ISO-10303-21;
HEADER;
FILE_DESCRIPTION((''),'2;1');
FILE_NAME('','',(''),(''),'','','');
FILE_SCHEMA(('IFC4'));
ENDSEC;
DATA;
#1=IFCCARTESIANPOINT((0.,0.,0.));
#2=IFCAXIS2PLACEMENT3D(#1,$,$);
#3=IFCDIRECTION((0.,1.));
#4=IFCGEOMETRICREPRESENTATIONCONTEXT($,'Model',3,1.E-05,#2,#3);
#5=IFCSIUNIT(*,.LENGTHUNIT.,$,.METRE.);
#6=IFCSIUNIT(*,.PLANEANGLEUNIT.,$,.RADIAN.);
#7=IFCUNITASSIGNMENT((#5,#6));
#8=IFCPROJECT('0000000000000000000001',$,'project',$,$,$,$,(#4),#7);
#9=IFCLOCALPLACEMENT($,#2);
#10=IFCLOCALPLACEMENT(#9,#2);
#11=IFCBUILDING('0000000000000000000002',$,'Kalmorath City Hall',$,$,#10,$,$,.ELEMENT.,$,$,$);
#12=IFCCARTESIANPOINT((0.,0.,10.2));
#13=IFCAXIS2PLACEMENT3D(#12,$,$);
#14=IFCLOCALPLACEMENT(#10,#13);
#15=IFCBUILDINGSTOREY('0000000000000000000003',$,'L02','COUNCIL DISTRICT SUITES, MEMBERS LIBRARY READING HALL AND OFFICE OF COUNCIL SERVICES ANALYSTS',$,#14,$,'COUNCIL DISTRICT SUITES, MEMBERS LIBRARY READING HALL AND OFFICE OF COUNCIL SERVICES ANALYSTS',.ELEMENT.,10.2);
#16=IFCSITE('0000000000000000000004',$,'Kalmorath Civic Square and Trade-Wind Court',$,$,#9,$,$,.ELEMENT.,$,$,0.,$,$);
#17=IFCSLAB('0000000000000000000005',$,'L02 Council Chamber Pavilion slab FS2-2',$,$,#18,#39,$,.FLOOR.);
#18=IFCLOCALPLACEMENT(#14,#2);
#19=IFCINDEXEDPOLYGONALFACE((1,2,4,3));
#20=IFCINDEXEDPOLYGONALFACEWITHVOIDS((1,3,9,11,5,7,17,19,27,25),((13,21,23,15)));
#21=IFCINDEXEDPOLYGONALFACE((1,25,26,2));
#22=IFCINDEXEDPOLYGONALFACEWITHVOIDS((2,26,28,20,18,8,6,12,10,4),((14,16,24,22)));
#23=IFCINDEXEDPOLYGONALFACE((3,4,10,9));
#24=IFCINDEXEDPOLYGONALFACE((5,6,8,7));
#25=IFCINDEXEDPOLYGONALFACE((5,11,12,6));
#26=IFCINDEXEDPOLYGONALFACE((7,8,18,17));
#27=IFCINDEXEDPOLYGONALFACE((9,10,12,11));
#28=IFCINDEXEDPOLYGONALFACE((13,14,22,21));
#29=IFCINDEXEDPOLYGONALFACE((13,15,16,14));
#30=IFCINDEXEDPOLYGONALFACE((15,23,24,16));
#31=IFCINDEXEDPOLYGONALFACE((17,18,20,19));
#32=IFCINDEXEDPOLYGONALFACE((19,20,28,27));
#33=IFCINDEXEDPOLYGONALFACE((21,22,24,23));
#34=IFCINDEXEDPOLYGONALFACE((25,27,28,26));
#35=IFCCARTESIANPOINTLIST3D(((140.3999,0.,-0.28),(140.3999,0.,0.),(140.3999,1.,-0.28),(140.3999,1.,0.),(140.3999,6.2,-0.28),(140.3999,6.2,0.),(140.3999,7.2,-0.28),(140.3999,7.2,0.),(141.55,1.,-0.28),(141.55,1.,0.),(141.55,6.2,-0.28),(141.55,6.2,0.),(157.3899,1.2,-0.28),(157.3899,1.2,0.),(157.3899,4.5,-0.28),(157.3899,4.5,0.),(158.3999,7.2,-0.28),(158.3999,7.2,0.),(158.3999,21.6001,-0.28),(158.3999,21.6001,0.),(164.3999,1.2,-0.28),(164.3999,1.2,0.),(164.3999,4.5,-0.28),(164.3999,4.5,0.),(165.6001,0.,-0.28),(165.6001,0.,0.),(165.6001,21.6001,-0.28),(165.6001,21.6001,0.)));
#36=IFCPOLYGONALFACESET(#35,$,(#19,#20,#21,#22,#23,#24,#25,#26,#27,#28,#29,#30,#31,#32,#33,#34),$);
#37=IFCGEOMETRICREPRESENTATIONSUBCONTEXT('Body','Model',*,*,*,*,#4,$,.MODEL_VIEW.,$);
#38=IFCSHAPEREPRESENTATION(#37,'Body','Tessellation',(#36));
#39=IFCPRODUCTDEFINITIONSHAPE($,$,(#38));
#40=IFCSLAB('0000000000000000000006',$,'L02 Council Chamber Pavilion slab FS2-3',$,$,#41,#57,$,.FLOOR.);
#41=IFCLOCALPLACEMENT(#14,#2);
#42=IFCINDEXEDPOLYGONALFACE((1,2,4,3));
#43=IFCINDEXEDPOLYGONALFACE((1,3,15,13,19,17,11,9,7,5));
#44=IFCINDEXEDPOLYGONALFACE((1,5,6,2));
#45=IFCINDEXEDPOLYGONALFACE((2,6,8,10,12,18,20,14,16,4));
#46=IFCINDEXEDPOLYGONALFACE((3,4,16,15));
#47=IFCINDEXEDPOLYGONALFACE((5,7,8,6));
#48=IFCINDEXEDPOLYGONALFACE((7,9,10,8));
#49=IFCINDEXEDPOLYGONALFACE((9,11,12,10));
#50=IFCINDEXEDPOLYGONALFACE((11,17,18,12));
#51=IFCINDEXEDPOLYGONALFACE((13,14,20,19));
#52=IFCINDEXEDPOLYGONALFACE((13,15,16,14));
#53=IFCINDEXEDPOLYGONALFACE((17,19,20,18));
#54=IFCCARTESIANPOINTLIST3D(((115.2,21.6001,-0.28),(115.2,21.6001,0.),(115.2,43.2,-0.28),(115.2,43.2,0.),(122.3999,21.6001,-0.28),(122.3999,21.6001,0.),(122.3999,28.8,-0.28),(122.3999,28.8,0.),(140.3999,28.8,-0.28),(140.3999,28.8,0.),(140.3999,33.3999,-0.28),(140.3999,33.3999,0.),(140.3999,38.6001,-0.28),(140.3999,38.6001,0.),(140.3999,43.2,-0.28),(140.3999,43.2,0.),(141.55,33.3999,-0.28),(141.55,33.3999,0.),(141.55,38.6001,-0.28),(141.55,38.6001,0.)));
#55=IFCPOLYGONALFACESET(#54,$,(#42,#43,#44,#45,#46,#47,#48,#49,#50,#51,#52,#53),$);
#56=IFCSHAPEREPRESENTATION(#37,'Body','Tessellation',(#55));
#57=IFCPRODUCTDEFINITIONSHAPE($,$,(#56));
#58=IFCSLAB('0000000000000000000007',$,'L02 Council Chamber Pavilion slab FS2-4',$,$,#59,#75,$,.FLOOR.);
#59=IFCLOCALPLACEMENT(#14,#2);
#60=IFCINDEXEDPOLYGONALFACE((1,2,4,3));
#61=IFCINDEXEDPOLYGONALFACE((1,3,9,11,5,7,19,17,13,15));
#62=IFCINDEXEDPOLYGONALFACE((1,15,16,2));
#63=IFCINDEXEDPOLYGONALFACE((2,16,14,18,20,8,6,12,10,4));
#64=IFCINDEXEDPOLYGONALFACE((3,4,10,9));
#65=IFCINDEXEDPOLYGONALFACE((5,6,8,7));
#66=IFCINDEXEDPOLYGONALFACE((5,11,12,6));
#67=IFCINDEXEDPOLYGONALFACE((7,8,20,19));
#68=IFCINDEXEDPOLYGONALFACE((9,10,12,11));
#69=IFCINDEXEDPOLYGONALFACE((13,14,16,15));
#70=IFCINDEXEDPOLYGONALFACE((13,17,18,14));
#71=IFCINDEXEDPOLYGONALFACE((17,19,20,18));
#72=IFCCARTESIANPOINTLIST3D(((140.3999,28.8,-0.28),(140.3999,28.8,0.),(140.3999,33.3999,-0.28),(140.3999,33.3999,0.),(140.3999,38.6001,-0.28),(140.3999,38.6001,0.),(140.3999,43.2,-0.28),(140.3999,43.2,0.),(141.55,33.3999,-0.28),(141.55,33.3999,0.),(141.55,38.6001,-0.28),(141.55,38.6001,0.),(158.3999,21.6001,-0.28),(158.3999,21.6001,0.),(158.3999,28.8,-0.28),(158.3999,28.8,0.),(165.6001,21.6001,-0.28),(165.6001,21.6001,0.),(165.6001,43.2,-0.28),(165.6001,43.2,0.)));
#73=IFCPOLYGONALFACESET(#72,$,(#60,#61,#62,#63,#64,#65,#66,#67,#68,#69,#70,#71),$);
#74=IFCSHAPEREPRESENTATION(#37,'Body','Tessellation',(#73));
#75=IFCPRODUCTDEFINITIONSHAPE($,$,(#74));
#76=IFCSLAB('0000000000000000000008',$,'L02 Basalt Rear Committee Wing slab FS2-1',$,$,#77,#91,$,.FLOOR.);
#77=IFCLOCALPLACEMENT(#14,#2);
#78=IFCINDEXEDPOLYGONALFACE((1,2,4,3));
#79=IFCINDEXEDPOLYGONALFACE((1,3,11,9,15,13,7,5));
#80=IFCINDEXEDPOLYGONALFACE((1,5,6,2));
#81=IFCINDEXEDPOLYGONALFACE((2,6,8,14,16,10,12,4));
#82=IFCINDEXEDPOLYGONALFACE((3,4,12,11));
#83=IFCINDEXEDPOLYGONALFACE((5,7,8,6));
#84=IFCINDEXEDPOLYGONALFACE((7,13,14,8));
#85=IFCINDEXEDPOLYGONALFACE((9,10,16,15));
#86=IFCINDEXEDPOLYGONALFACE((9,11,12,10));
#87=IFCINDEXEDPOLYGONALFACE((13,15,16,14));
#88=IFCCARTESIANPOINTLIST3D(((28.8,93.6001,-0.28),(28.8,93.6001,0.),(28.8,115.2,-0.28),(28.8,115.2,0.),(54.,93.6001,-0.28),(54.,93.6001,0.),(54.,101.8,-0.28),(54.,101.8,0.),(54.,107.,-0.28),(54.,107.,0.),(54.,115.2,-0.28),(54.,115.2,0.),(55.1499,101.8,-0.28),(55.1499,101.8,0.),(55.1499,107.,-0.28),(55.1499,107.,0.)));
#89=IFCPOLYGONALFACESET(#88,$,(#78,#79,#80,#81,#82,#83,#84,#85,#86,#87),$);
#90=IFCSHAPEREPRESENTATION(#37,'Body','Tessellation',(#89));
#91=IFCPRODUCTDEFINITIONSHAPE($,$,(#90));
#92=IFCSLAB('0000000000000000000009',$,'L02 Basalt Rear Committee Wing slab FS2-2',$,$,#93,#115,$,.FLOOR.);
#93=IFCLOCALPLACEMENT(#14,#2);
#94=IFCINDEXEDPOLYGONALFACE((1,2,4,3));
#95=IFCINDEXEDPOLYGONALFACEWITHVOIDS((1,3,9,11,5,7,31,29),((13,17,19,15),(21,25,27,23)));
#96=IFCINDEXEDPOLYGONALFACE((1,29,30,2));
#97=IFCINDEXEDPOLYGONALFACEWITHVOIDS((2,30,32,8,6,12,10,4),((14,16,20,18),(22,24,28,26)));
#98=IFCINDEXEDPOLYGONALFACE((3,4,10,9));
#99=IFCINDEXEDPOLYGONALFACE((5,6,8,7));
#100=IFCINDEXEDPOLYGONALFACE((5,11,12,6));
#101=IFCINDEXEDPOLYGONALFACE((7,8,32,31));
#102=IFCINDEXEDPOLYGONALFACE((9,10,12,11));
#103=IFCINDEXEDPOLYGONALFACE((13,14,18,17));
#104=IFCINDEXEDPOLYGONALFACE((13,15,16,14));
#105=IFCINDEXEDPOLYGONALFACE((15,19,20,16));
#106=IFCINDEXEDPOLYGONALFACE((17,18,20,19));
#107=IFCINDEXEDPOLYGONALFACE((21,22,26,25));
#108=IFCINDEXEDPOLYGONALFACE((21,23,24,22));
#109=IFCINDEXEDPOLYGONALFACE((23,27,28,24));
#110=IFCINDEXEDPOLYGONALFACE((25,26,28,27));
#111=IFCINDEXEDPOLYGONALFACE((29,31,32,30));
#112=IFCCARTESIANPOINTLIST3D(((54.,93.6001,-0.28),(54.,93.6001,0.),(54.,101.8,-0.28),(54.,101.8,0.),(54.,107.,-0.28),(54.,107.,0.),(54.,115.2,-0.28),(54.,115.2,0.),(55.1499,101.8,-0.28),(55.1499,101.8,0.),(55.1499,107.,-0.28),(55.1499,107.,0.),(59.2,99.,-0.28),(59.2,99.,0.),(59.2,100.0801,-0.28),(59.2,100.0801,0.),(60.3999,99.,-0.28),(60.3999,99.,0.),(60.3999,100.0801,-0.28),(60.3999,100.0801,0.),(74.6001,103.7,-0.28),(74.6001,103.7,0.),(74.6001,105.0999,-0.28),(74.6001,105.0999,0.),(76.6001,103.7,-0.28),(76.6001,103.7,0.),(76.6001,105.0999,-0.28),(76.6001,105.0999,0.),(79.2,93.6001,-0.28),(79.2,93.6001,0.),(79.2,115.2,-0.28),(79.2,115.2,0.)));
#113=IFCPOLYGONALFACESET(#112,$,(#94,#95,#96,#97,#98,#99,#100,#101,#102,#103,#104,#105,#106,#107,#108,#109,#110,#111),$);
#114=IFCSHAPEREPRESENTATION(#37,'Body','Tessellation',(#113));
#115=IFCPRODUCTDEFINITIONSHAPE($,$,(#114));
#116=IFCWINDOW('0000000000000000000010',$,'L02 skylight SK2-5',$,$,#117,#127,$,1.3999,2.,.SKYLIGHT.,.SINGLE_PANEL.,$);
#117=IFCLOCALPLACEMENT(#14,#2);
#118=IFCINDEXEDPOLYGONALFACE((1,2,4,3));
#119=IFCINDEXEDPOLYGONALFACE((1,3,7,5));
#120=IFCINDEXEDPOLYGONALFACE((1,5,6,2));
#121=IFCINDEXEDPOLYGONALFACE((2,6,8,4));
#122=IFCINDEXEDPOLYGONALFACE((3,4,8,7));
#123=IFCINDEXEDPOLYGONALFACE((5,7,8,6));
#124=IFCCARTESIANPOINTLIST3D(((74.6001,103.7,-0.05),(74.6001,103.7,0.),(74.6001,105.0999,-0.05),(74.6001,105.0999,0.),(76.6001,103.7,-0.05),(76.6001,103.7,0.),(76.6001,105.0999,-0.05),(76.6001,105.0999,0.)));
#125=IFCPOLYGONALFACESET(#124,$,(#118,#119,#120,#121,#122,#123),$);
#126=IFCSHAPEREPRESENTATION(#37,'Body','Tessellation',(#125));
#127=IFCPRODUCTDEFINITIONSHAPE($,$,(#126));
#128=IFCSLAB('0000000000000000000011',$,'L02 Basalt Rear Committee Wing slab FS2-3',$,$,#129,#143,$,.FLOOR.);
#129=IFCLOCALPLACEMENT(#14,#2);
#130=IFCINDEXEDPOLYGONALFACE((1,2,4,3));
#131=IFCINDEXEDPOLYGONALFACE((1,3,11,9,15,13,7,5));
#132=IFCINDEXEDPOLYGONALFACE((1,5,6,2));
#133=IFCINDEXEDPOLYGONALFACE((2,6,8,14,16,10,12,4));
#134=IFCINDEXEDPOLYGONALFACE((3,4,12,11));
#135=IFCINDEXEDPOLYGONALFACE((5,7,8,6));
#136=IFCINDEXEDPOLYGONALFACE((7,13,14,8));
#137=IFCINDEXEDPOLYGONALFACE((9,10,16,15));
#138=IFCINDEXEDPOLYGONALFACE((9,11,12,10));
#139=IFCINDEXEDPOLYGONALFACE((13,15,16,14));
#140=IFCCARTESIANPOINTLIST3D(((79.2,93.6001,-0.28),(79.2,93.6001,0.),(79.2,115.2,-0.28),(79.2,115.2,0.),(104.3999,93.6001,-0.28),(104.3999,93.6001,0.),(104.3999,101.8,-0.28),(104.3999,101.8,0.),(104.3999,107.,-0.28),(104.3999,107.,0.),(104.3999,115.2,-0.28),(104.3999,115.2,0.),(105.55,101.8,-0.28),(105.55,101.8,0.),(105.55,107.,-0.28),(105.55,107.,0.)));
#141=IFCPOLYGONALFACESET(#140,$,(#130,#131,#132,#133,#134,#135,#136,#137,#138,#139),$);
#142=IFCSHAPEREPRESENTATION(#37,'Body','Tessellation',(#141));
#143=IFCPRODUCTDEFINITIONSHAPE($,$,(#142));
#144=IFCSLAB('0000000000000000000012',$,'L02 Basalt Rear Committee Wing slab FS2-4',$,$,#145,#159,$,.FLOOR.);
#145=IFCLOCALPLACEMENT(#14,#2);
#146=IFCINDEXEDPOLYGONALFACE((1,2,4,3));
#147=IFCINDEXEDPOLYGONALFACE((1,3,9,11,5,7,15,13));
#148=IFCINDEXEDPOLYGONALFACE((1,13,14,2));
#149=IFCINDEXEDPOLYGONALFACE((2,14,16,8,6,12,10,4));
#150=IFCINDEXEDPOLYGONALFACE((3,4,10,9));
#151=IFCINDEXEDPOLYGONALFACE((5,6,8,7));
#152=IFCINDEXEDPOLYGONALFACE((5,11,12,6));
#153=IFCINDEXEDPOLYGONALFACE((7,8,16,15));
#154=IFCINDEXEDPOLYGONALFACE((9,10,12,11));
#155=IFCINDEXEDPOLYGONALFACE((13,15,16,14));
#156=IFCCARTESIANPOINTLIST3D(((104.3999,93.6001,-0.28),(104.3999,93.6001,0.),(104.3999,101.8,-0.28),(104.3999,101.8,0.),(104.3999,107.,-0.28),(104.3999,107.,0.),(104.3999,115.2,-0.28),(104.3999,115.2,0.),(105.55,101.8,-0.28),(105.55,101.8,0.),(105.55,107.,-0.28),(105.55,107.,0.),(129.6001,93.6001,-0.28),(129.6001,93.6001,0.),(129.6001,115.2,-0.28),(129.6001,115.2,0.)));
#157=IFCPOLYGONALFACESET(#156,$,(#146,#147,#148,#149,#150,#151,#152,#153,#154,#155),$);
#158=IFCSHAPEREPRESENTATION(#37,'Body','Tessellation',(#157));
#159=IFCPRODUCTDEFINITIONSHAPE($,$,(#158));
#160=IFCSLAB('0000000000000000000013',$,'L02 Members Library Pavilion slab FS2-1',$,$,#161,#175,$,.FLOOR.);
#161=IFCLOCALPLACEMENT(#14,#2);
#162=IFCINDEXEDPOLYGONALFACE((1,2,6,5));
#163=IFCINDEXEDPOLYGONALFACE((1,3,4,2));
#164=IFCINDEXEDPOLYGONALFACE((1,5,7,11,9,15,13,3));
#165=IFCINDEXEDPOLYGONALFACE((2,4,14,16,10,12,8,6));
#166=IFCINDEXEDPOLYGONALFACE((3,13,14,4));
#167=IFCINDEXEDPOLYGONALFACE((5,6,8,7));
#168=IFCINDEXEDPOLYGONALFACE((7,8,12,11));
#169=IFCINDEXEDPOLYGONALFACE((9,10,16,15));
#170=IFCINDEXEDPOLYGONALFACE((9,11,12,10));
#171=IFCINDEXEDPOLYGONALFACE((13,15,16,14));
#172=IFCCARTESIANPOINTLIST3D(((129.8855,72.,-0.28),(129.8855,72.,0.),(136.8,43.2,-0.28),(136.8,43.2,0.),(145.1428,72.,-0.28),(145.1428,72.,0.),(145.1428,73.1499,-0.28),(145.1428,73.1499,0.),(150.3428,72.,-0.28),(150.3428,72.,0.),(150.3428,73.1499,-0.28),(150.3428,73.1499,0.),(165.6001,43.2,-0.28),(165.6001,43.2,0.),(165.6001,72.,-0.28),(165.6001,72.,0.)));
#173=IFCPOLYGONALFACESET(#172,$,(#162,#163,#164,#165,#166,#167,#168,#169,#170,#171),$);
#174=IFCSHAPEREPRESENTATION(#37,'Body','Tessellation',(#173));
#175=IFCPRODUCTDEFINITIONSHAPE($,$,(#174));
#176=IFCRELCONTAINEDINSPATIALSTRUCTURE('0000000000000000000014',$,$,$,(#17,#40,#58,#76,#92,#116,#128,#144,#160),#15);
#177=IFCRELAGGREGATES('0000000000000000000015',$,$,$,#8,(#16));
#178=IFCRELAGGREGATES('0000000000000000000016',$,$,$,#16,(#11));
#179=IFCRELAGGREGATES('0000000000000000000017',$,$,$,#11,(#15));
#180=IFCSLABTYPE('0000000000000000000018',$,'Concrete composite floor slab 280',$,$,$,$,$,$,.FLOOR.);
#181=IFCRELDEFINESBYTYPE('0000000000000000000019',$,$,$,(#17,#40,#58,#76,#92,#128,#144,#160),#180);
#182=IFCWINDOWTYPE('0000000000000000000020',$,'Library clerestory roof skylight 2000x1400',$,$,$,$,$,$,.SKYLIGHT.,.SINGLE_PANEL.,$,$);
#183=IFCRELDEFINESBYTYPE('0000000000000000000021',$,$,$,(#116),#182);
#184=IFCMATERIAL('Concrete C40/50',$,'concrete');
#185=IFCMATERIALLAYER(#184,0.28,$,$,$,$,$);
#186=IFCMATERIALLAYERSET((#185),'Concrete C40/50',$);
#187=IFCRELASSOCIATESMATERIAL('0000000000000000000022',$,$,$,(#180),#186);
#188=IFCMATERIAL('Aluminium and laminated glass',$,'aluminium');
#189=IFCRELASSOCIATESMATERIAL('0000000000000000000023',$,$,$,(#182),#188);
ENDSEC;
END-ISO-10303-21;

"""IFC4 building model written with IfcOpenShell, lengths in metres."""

from ifc_helpers import new_model, si_unit, direction, frame, origin, origin_2d, place, context, subcontext, project, spatial, polyline, rectangle, outline, extrude, material, layer, layer_set, type_object, element, fill, save


model = new_model("IFC4")

# Units and contexts
model_context = context("Model", 3, precision=1e-05, world=origin(), true_north=direction((0.0, 1.0)))
body_context = subcontext(model_context, "Body", "Model", "MODEL_VIEW")
ifc_project = project(units=[si_unit("LENGTHUNIT", "METRE"), si_unit("PLANEANGLEUNIT", "RADIAN")], contexts=[model_context])

# Site, building, storey
site_placement = place(None, origin())
site = spatial("IfcSite", under=ifc_project, at=site_placement, Name="Kalmorath Civic Square and Trade-Wind Court", CompositionType="ELEMENT", RefElevation=0.0)
building_placement = place(site_placement, origin())
building = spatial("IfcBuilding", under=site, at=building_placement, Name="Kalmorath City Hall", CompositionType="ELEMENT")
storey_placement = place(building_placement, frame((0.0, 0.0, 10.2)))
storey = spatial("IfcBuildingStorey", under=building, at=storey_placement, Name="L02", Description="COUNCIL DISTRICT SUITES, MEMBERS LIBRARY READING HALL AND OFFICE OF COUNCIL SERVICES ANALYSTS", LongName="COUNCIL DISTRICT SUITES, MEMBERS LIBRARY READING HALL AND OFFICE OF COUNCIL SERVICES ANALYSTS", CompositionType="ELEMENT", Elevation=10.2)

# Slabs
ifc_material_1 = material(Name="Concrete C40/50", Category="concrete")
ifc_layer_1 = layer(ifc_material_1, 0.28)
ifc_layer_set_1 = layer_set([ifc_layer_1], Name="Concrete C40/50")
slab_type_1 = type_object("IfcSlabType", Name="Concrete composite floor slab 280", PredefinedType="FLOOR", material=ifc_layer_set_1)
slab_1_placement = place(storey_placement, frame((0.0, 0.0, -0.28)))
element("IfcSlab", 1, at=slab_1_placement, inside=storey, type_object=slab_type_1, Name="L02 Council Chamber Pavilion slab FS2-2", PredefinedType="FLOOR", context=body_context, shape_type="SweptSolid", body=[
    extrude(outline(polyline([(140.3999, 0.0), (140.3999, 1.0), (141.55, 1.0), (141.55, 6.2), (140.3999, 6.2), (140.3999, 7.2), (158.3999, 7.2), (158.3999, 21.6001), (165.6001, 21.6001), (165.6001, 0.0), (140.3999, 0.0)]), holes=[polyline([(164.3999, 1.2), (164.3999, 4.5), (157.3899, 4.5), (157.3899, 1.2), (164.3999, 1.2)])]), origin(), (0.0, 0.0, 1.0), 0.28),
])
slab_2_placement = place(storey_placement, frame((0.0, 0.0, -0.28)))
element("IfcSlab", 2, at=slab_2_placement, inside=storey, type_object=slab_type_1, Name="L02 Council Chamber Pavilion slab FS2-3", PredefinedType="FLOOR", context=body_context, shape_type="SweptSolid", body=[
    extrude(outline(polyline([(140.3999, 43.2), (140.3999, 38.6001), (141.55, 38.6001), (141.55, 33.3999), (140.3999, 33.3999), (140.3999, 28.8), (122.3999, 28.8), (122.3999, 21.6001), (115.2, 21.6001), (115.2, 43.2), (140.3999, 43.2)])), origin(), (0.0, 0.0, 1.0), 0.28),
])
slab_3_placement = place(storey_placement, frame((0.0, 0.0, -0.28)))
element("IfcSlab", 3, at=slab_3_placement, inside=storey, type_object=slab_type_1, Name="L02 Council Chamber Pavilion slab FS2-4", PredefinedType="FLOOR", context=body_context, shape_type="SweptSolid", body=[
    extrude(outline(polyline([(158.3999, 21.6001), (158.3999, 28.8), (140.3999, 28.8), (140.3999, 33.3999), (141.55, 33.3999), (141.55, 38.6001), (140.3999, 38.6001), (140.3999, 43.2), (165.6001, 43.2), (165.6001, 21.6001), (158.3999, 21.6001)])), origin(), (0.0, 0.0, 1.0), 0.28),
])
slab_4_placement = place(storey_placement, frame((0.0, 0.0, -0.28)))
element("IfcSlab", 4, at=slab_4_placement, inside=storey, type_object=slab_type_1, Name="L02 Basalt Rear Committee Wing slab FS2-1", PredefinedType="FLOOR", context=body_context, shape_type="SweptSolid", body=[
    extrude(outline(polyline([(28.8, 115.2), (54.0, 115.2), (54.0, 107.0), (55.1499, 107.0), (55.1499, 101.8), (54.0, 101.8), (54.0, 93.6001), (28.8, 93.6001), (28.8, 115.2)])), origin(), (0.0, 0.0, 1.0), 0.28),
])

# Slab, opening, window
slab_5_placement = place(storey_placement, frame((0.0, 0.0, -0.28)))
slab_5 = element("IfcSlab", 5, at=slab_5_placement, inside=storey, type_object=slab_type_1, Name="L02 Basalt Rear Committee Wing slab FS2-2", PredefinedType="FLOOR", context=body_context, shape_type="SweptSolid", body=[
    extrude(outline(polyline([(54.0, 101.8), (55.1499, 101.8), (55.1499, 107.0), (54.0, 107.0), (54.0, 115.2), (79.2, 115.2), (79.2, 93.6001), (54.0, 93.6001), (54.0, 101.8)]), holes=[polyline([(59.2, 100.0801), (59.2, 99.0), (60.3999, 99.0), (60.3999, 100.0801), (59.2, 100.0801)])]), origin(), (0.0, 0.0, 1.0), 0.28),
])
opening_placement = place(slab_5_placement, frame((75.6001, 104.3999, 0.0)))
opening = element("IfcOpeningElement", 6, at=opening_placement, cuts=slab_5, PredefinedType="OPENING", context=body_context, shape_type="SweptSolid", body=[
    extrude(rectangle(XDim=2.0, YDim=1.3999, at=origin_2d()), origin(), (0.0, 0.0, 1.0), 0.28),
])
ifc_material_2 = material(Name="Aluminium and laminated glass", Category="aluminium")
window_type = type_object("IfcWindowType", Name="Library clerestory roof skylight 2000x1400", PartitioningType="SINGLE_PANEL", PredefinedType="SKYLIGHT", material=ifc_material_2)
window_placement = place(opening_placement, frame((0.0, 0.0, 0.23)))
window = element("IfcWindow", 7, at=window_placement, inside=storey, type_object=window_type, Name="L02 skylight SK2-5", OverallHeight=1.3999, OverallWidth=2.0, PartitioningType="SINGLE_PANEL", PredefinedType="SKYLIGHT", context=body_context, shape_type="SweptSolid", body=[
    extrude(rectangle(XDim=2.0, YDim=1.3999, at=origin_2d()), origin(), (0.0, 0.0, 1.0), 0.05),
])
fill(opening, window)

# Slabs
slab_6_placement = place(storey_placement, frame((0.0, 0.0, -0.28)))
element("IfcSlab", 8, at=slab_6_placement, inside=storey, type_object=slab_type_1, Name="L02 Basalt Rear Committee Wing slab FS2-3", PredefinedType="FLOOR", context=body_context, shape_type="SweptSolid", body=[
    extrude(outline(polyline([(79.2, 115.2), (104.3999, 115.2), (104.3999, 107.0), (105.55, 107.0), (105.55, 101.8), (104.3999, 101.8), (104.3999, 93.6001), (79.2, 93.6001), (79.2, 115.2)])), origin(), (0.0, 0.0, 1.0), 0.28),
])
slab_7_placement = place(storey_placement, frame((0.0, 0.0, -0.28)))
element("IfcSlab", 9, at=slab_7_placement, inside=storey, type_object=slab_type_1, Name="L02 Basalt Rear Committee Wing slab FS2-4", PredefinedType="FLOOR", context=body_context, shape_type="SweptSolid", body=[
    extrude(outline(polyline([(104.3999, 101.8), (105.55, 101.8), (105.55, 107.0), (104.3999, 107.0), (104.3999, 115.2), (129.6001, 115.2), (129.6001, 93.6001), (104.3999, 93.6001), (104.3999, 101.8)])), origin(), (0.0, 0.0, 1.0), 0.28),
])
slab_8_placement = place(storey_placement, frame((0.0, 0.0, -0.28)))
element("IfcSlab", 10, at=slab_8_placement, inside=storey, type_object=slab_type_1, Name="L02 Members Library Pavilion slab FS2-1", PredefinedType="FLOOR", context=body_context, shape_type="SweptSolid", body=[
    extrude(outline(polyline([(136.8, 43.2), (129.8855, 72.0), (145.1428, 72.0), (145.1428, 73.1499), (150.3428, 73.1499), (150.3428, 72.0), (165.6001, 72.0), (165.6001, 43.2), (136.8, 43.2)])), origin(), (0.0, 0.0, 1.0), 0.28),
])

save(model, "model.ifc")
